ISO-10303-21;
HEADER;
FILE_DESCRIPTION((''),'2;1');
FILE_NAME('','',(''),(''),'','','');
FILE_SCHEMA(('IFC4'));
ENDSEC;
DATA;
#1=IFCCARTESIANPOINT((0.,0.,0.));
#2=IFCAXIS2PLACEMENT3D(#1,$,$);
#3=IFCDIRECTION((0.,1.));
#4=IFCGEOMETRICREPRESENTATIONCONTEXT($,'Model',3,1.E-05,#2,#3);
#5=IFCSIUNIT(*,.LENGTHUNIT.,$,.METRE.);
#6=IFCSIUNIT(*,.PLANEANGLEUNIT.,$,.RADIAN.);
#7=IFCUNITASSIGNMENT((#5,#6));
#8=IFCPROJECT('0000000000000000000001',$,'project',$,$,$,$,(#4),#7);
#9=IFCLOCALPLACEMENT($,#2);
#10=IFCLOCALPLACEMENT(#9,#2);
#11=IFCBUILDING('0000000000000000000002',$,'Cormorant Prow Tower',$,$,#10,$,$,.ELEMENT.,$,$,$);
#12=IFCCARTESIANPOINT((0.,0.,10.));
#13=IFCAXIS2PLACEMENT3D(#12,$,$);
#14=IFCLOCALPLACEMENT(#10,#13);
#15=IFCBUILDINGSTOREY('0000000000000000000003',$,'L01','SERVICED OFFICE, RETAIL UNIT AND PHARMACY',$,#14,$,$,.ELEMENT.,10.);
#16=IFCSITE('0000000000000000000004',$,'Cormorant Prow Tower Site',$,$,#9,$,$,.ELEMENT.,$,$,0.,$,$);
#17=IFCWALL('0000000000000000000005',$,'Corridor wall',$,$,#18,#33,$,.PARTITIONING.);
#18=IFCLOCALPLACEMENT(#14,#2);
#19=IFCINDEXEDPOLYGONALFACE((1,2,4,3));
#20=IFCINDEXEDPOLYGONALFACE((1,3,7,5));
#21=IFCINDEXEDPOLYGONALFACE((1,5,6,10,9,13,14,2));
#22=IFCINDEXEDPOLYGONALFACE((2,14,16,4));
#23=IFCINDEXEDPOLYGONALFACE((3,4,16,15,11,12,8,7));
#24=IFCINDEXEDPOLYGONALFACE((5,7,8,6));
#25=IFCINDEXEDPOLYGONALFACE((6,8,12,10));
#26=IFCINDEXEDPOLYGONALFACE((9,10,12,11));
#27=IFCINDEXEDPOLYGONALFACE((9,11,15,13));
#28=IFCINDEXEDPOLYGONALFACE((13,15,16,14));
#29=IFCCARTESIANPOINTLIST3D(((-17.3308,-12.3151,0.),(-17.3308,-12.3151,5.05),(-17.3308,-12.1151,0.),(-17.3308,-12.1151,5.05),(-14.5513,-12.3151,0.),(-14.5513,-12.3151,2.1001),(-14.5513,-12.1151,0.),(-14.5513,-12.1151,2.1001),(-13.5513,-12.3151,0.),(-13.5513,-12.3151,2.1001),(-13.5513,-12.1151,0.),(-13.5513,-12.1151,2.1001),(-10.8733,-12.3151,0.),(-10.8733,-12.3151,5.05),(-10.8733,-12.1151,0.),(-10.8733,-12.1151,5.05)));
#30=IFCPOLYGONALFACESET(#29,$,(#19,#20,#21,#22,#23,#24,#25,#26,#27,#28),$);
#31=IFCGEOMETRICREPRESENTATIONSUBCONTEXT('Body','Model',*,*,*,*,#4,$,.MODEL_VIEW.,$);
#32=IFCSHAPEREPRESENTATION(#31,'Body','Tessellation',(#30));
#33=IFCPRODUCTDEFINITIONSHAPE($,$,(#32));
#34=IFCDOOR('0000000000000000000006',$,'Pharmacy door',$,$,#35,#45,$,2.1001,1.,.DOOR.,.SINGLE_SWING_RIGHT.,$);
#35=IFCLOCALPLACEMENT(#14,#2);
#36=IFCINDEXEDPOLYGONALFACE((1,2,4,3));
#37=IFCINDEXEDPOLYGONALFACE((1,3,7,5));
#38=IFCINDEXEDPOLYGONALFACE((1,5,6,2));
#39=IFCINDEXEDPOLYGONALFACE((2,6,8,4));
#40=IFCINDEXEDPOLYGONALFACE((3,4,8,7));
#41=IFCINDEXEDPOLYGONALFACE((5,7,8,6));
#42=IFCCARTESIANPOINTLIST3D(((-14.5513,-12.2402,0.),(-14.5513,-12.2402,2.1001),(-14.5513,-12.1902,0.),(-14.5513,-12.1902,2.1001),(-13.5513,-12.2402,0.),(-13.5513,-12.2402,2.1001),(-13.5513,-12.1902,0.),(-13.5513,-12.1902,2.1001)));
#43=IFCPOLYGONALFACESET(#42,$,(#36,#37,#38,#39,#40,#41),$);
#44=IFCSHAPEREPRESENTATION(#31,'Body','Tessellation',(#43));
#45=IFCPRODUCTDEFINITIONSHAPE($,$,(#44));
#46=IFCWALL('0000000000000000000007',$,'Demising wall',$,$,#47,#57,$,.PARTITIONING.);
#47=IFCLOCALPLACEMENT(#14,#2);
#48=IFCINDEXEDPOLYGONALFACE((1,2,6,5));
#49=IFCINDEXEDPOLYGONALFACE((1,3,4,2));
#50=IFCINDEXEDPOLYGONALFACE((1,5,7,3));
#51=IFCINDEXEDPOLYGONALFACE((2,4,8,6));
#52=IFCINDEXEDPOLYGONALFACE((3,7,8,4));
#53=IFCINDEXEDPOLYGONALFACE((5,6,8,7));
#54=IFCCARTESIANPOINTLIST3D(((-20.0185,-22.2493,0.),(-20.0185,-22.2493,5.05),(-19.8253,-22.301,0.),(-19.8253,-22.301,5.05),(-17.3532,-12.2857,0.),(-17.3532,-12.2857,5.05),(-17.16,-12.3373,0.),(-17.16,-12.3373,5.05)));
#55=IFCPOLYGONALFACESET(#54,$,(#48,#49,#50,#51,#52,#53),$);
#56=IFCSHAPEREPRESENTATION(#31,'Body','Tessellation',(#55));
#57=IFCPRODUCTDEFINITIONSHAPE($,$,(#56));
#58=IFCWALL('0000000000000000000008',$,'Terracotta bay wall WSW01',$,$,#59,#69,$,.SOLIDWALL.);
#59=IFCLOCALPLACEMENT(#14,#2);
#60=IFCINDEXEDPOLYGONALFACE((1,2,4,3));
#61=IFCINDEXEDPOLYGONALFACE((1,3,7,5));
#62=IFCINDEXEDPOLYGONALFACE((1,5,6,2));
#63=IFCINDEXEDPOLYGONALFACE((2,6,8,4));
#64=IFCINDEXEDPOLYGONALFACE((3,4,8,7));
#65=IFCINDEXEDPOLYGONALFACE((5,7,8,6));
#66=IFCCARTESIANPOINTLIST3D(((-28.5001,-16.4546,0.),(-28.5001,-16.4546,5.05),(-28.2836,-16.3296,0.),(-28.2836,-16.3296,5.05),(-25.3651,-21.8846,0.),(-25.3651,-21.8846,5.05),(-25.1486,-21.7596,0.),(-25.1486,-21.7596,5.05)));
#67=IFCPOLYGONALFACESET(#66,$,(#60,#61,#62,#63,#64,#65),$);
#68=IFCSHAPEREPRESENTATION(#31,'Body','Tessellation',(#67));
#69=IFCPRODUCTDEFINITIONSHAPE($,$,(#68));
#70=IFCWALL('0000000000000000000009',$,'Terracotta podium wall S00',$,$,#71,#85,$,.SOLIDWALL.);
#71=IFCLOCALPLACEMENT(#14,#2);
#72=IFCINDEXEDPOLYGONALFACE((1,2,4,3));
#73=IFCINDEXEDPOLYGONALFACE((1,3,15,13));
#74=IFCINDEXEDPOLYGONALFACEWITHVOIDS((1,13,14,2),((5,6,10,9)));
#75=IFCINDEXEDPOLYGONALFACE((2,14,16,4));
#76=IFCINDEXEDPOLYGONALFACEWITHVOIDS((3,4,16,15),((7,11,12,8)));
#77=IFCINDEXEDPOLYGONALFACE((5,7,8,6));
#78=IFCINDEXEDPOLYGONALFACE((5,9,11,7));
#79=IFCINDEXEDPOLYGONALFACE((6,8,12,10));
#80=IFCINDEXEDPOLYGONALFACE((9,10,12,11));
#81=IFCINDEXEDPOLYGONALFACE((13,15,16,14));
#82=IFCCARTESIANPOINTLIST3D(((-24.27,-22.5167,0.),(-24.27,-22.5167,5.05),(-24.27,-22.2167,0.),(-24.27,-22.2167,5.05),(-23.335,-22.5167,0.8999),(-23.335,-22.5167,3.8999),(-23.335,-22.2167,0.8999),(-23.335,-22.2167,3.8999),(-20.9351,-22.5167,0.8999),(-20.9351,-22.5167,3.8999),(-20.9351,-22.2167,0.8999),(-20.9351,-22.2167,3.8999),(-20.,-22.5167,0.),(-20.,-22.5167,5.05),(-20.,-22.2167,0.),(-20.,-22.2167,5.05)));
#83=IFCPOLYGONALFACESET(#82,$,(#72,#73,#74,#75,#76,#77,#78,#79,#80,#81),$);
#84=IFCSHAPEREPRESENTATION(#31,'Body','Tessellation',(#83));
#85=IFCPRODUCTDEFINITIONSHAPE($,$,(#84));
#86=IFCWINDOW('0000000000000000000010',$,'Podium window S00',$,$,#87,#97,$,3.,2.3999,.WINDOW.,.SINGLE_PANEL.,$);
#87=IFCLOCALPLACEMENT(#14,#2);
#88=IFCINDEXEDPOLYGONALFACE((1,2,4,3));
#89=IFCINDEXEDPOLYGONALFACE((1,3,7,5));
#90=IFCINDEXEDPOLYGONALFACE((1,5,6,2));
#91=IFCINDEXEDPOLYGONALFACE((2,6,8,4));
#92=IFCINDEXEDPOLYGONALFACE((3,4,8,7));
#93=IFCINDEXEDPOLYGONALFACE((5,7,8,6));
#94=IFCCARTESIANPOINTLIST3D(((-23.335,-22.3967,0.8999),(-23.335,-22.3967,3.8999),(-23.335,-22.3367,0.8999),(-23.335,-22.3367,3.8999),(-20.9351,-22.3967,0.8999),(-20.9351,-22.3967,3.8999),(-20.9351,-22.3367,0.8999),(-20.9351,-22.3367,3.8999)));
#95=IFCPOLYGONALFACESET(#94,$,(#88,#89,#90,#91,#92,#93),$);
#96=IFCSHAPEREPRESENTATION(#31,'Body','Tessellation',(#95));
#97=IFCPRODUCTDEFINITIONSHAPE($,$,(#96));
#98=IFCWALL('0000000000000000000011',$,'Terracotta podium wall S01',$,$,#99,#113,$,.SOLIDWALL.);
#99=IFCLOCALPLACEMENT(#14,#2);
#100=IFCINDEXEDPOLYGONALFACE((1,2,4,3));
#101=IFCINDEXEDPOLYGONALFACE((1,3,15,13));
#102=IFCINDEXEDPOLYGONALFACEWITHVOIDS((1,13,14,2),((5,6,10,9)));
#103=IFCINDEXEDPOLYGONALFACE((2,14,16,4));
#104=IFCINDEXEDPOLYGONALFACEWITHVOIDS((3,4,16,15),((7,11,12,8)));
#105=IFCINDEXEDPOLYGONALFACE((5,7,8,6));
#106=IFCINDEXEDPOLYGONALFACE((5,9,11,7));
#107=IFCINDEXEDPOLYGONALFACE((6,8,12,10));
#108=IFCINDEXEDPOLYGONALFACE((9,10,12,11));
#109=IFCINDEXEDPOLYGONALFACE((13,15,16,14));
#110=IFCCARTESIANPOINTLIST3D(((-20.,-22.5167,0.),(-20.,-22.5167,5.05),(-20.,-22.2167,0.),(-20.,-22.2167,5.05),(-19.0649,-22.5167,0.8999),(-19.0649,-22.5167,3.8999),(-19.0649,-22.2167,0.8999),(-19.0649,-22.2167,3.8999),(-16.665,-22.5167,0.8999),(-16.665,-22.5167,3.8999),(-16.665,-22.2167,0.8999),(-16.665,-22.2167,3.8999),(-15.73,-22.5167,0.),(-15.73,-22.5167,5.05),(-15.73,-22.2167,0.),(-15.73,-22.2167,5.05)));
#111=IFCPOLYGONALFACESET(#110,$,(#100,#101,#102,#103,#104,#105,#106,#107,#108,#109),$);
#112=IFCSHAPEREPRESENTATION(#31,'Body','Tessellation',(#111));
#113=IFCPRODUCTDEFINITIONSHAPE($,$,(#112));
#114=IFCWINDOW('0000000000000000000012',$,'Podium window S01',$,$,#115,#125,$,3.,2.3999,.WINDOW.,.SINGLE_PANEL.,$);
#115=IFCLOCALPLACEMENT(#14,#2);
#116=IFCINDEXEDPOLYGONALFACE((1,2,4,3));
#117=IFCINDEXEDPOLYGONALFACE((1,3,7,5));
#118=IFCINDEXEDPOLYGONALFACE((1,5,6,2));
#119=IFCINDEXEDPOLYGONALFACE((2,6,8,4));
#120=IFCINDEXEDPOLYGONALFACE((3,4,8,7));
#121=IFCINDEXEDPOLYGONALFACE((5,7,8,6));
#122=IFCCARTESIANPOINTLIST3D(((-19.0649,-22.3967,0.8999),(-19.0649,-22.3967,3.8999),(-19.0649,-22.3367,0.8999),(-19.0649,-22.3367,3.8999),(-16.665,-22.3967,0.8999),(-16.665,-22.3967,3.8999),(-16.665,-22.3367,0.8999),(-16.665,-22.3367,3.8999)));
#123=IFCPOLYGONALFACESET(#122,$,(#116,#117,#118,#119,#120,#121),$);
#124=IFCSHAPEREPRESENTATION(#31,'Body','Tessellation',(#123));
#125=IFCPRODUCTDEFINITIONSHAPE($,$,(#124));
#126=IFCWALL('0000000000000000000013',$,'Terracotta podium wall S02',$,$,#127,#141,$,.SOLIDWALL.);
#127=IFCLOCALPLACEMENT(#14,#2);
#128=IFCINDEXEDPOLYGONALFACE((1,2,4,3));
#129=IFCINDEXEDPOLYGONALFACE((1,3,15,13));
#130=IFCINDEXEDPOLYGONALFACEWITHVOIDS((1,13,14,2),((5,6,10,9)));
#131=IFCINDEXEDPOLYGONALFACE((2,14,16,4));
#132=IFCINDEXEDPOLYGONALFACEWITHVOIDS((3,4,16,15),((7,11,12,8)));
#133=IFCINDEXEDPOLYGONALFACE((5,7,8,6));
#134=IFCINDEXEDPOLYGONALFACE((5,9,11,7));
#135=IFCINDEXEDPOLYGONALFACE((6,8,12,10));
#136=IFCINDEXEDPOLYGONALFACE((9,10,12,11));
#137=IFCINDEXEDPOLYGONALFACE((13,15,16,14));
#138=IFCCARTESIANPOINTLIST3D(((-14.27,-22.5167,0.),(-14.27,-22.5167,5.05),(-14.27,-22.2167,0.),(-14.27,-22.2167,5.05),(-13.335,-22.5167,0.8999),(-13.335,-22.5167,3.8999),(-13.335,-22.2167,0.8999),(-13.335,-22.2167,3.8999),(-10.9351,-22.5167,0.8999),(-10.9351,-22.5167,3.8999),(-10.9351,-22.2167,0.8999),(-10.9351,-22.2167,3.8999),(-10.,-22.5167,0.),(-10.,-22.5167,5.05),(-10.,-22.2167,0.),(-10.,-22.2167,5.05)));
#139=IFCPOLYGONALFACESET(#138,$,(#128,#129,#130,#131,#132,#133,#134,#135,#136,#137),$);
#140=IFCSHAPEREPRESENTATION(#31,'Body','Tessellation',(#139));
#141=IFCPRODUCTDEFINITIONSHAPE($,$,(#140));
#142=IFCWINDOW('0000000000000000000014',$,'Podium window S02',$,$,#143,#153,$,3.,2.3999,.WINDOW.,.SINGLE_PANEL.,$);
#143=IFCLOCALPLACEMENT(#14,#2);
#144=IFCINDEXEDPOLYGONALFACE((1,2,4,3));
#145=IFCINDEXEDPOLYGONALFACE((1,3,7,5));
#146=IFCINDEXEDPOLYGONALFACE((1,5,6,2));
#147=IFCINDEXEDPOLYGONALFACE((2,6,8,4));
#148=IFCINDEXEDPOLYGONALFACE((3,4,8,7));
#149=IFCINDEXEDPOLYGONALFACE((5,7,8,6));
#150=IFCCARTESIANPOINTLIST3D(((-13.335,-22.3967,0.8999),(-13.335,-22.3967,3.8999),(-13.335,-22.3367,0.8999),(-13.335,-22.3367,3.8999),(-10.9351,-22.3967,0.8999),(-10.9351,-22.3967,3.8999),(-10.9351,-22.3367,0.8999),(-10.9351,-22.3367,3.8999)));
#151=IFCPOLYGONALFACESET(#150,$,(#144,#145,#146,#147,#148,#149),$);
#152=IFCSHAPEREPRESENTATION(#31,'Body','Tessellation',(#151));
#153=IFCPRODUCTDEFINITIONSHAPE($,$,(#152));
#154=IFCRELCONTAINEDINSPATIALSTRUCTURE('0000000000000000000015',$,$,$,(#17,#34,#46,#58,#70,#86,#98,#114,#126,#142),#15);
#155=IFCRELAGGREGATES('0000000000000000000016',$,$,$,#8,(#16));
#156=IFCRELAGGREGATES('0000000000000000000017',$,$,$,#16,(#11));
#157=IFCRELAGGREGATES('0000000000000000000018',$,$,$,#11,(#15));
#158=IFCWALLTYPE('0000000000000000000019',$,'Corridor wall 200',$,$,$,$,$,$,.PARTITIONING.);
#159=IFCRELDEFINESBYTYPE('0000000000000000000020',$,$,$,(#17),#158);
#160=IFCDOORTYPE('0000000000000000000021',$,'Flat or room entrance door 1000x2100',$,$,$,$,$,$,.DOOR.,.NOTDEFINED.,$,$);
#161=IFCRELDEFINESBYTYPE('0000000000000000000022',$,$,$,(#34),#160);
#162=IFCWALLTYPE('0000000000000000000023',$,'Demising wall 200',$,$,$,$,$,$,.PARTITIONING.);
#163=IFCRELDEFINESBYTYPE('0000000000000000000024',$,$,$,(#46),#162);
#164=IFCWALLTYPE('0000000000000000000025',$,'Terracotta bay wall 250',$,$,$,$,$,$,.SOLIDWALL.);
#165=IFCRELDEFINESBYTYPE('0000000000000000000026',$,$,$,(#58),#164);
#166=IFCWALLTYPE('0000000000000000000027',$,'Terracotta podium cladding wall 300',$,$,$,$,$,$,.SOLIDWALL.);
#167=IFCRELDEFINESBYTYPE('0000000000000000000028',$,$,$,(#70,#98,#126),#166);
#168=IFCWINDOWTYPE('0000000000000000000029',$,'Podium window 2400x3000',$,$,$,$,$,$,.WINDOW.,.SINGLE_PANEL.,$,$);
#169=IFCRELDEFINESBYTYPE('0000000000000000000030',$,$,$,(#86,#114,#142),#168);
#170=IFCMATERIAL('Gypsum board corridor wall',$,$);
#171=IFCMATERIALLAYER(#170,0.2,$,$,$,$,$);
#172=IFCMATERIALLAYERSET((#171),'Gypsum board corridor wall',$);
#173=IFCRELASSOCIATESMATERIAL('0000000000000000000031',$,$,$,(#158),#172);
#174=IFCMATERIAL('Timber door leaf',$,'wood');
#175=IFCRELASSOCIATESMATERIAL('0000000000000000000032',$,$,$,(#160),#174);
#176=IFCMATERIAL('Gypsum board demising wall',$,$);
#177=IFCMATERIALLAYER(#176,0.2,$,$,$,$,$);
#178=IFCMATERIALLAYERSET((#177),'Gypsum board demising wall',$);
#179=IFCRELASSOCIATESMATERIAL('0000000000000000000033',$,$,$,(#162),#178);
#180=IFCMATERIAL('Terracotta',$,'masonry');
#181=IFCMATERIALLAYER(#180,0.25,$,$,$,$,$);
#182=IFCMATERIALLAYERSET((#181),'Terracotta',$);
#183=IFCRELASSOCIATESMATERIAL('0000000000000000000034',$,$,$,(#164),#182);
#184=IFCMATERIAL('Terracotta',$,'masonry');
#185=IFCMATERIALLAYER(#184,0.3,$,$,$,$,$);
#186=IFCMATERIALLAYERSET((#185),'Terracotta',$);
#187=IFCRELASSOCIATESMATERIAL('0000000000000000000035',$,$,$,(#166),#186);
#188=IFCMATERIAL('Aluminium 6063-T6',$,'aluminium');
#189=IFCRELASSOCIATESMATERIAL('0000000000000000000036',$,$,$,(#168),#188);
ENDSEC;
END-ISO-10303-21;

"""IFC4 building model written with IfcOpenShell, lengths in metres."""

from ifc_helpers import new_model, si_unit, direction, frame, frame_2d, origin, place, context, subcontext, project, spatial, rectangle, extrude, material, layer, layer_set, type_object, element, fill, save


model = new_model("IFC4")

# Units and contexts
model_context = context("Model", 3, precision=1e-05, world=origin(), true_north=direction((0.0, 1.0)))
body_context = subcontext(model_context, "Body", "Model", "MODEL_VIEW")
ifc_project = project(units=[si_unit("LENGTHUNIT", "METRE"), si_unit("PLANEANGLEUNIT", "RADIAN")], contexts=[model_context])

# Site, building, storey
site_placement = place(None, origin())
site = spatial("IfcSite", under=ifc_project, at=site_placement, Name="Cormorant Prow Tower Site", CompositionType="ELEMENT", RefElevation=0.0)
building_placement = place(site_placement, origin())
building = spatial("IfcBuilding", under=site, at=building_placement, Name="Cormorant Prow Tower", CompositionType="ELEMENT")
storey_placement = place(building_placement, frame((0.0, 0.0, 10.0)))
storey = spatial("IfcBuildingStorey", under=building, at=storey_placement, Name="L01", Description="SERVICED OFFICE, RETAIL UNIT AND PHARMACY", CompositionType="ELEMENT", Elevation=10.0)

# Wall, opening, door
ifc_material_1 = material(Name="Gypsum board corridor wall")
ifc_layer_1 = layer(ifc_material_1, 0.2)
ifc_layer_set_1 = layer_set([ifc_layer_1], Name="Gypsum board corridor wall")
wall_type_1 = type_object("IfcWallType", Name="Corridor wall 200", PredefinedType="PARTITIONING", material=ifc_layer_set_1)
wall_1_placement = place(storey_placement, frame((-17.3308, -12.2151, 0.0), z_axis=(0.0, 0.0, 1.0), x_axis=(1.0, 0.0, 0.0)))
wall_1 = element("IfcWall", 1, at=wall_1_placement, inside=storey, type_object=wall_type_1, Name="Corridor wall", PredefinedType="PARTITIONING", context=body_context, shape_type="SweptSolid", body=[
    extrude(rectangle(XDim=6.4575, YDim=0.2, at=frame_2d((3.2288, 0.0))), origin(), (0.0, 0.0, 1.0), 5.05),
])
opening_1_placement = place(wall_1_placement, frame((2.7795, 0.0, 0.0)))
opening_1 = element("IfcOpeningElement", 2, at=opening_1_placement, cuts=wall_1, PredefinedType="OPENING", context=body_context, shape_type="SweptSolid", body=[
    extrude(rectangle(XDim=1.0, YDim=2.1001, at=frame_2d((0.5, 1.05))), frame((0.0, 0.1099, 0.0), z_axis=(0.0, -1.0, 0.0), x_axis=(1.0, 0.0, 0.0)), (0.0, 0.0, 1.0), 0.22),
])
ifc_material_2 = material(Name="Timber door leaf", Category="wood")
door_type = type_object("IfcDoorType", Name="Flat or room entrance door 1000x2100", OperationType="NOTDEFINED", PredefinedType="DOOR", material=ifc_material_2)
door_placement = place(opening_1_placement, origin())
door = element("IfcDoor", 3, at=door_placement, inside=storey, type_object=door_type, Name="Pharmacy door", OperationType="SINGLE_SWING_RIGHT", OverallHeight=2.1001, OverallWidth=1.0, PredefinedType="DOOR", context=body_context, shape_type="SweptSolid", body=[
    extrude(rectangle(XDim=1.0, YDim=2.1001, at=frame_2d((0.5, 1.05))), frame((0.0, 0.0249, 0.0), z_axis=(0.0, -1.0, 0.0), x_axis=(1.0, 0.0, 0.0)), (0.0, 0.0, 1.0), 0.05),
])
fill(opening_1, door)

# Walls
ifc_material_3 = material(Name="Gypsum board demising wall")
ifc_layer_2 = layer(ifc_material_3, 0.2)
ifc_layer_set_2 = layer_set([ifc_layer_2], Name="Gypsum board demising wall")
wall_type_2 = type_object("IfcWallType", Name="Demising wall 200", PredefinedType="PARTITIONING", material=ifc_layer_set_2)
wall_2_placement = place(storey_placement, frame((-19.9219, -22.2751, 0.0), z_axis=(0.0, 0.0, 1.0), x_axis=(0.258415, 0.966034, 0.0)))
element("IfcWall", 4, at=wall_2_placement, inside=storey, type_object=wall_type_2, Name="Demising wall", PredefinedType="PARTITIONING", context=body_context, shape_type="SweptSolid", body=[
    extrude(rectangle(XDim=10.314, YDim=0.2, at=frame_2d((5.157, 0.0))), origin(), (0.0, 0.0, 1.0), 5.05),
])
ifc_material_4 = material(Name="Terracotta", Category="masonry")
ifc_layer_3 = layer(ifc_material_4, 0.25)
ifc_layer_set_3 = layer_set([ifc_layer_3], Name="Terracotta")
wall_type_3 = type_object("IfcWallType", Name="Terracotta bay wall 250", PredefinedType="SOLIDWALL", material=ifc_layer_set_3)
wall_3_placement = place(storey_placement, frame((-28.3918, -16.3921, 0.0), z_axis=(0.0, 0.0, 1.0), x_axis=(0.500004, -0.866023, 0.0)))
element("IfcWall", 5, at=wall_3_placement, inside=storey, type_object=wall_type_3, Name="Terracotta bay wall WSW01", PredefinedType="SOLIDWALL", context=body_context, shape_type="SweptSolid", body=[
    extrude(rectangle(XDim=6.27, YDim=0.25, at=frame_2d((3.135, 0.0))), origin(), (0.0, 0.0, 1.0), 5.05),
])

# Walls, openings, windows
ifc_material_5 = material(Name="Terracotta", Category="masonry")
ifc_layer_4 = layer(ifc_material_5, 0.3)
ifc_layer_set_4 = layer_set([ifc_layer_4], Name="Terracotta")
wall_type_4 = type_object("IfcWallType", Name="Terracotta podium cladding wall 300", PredefinedType="SOLIDWALL", material=ifc_layer_set_4)
wall_4_placement = place(storey_placement, frame((-24.27, -22.3667, 0.0), z_axis=(0.0, 0.0, 1.0), x_axis=(1.0, 0.0, 0.0)))
wall_4 = element("IfcWall", 6, at=wall_4_placement, inside=storey, type_object=wall_type_4, Name="Terracotta podium wall S00", PredefinedType="SOLIDWALL", context=body_context, shape_type="SweptSolid", body=[
    extrude(rectangle(XDim=4.27, YDim=0.3, at=frame_2d((2.135, 0.0))), origin(), (0.0, 0.0, 1.0), 5.05),
])
opening_2_placement = place(wall_4_placement, frame((0.9351, 0.0, 0.8999)))
opening_2 = element("IfcOpeningElement", 7, at=opening_2_placement, cuts=wall_4, PredefinedType="OPENING", context=body_context, shape_type="SweptSolid", body=[
    extrude(rectangle(XDim=2.3999, YDim=3.0, at=frame_2d((1.2, 1.5))), frame((0.0, 0.1599, 0.0), z_axis=(0.0, -1.0, 0.0), x_axis=(1.0, 0.0, 0.0)), (0.0, 0.0, 1.0), 0.3201),
])
ifc_material_6 = material(Name="Aluminium 6063-T6", Category="aluminium")
window_type = type_object("IfcWindowType", Name="Podium window 2400x3000", PartitioningType="SINGLE_PANEL", PredefinedType="WINDOW", material=ifc_material_6)
window_1_placement = place(opening_2_placement, origin())
window_1 = element("IfcWindow", 8, at=window_1_placement, inside=storey, type_object=window_type, Name="Podium window S00", OverallHeight=3.0, OverallWidth=2.3999, PartitioningType="SINGLE_PANEL", PredefinedType="WINDOW", context=body_context, shape_type="SweptSolid", body=[
    extrude(rectangle(XDim=2.3999, YDim=3.0, at=frame_2d((1.2, 1.5))), frame((0.0, 0.03, 0.0), z_axis=(0.0, -1.0, 0.0), x_axis=(1.0, 0.0, 0.0)), (0.0, 0.0, 1.0), 0.0601),
])
fill(opening_2, window_1)
wall_5_placement = place(storey_placement, frame((-20.0, -22.3667, 0.0), z_axis=(0.0, 0.0, 1.0), x_axis=(1.0, 0.0, 0.0)))
wall_5 = element("IfcWall", 9, at=wall_5_placement, inside=storey, type_object=wall_type_4, Name="Terracotta podium wall S01", PredefinedType="SOLIDWALL", context=body_context, shape_type="SweptSolid", body=[
    extrude(rectangle(XDim=4.27, YDim=0.3, at=frame_2d((2.135, 0.0))), origin(), (0.0, 0.0, 1.0), 5.05),
])
opening_3_placement = place(wall_5_placement, frame((0.9351, 0.0, 0.8999)))
opening_3 = element("IfcOpeningElement", 10, at=opening_3_placement, cuts=wall_5, PredefinedType="OPENING", context=body_context, shape_type="SweptSolid", body=[
    extrude(rectangle(XDim=2.3999, YDim=3.0, at=frame_2d((1.2, 1.5))), frame((0.0, 0.1599, 0.0), z_axis=(0.0, -1.0, 0.0), x_axis=(1.0, 0.0, 0.0)), (0.0, 0.0, 1.0), 0.3201),
])
window_2_placement = place(opening_3_placement, origin())
window_2 = element("IfcWindow", 11, at=window_2_placement, inside=storey, type_object=window_type, Name="Podium window S01", OverallHeight=3.0, OverallWidth=2.3999, PartitioningType="SINGLE_PANEL", PredefinedType="WINDOW", context=body_context, shape_type="SweptSolid", body=[
    extrude(rectangle(XDim=2.3999, YDim=3.0, at=frame_2d((1.2, 1.5))), frame((0.0, 0.03, 0.0), z_axis=(0.0, -1.0, 0.0), x_axis=(1.0, 0.0, 0.0)), (0.0, 0.0, 1.0), 0.0601),
])
fill(opening_3, window_2)
wall_6_placement = place(storey_placement, frame((-14.27, -22.3667, 0.0), z_axis=(0.0, 0.0, 1.0), x_axis=(1.0, 0.0, 0.0)))
wall_6 = element("IfcWall", 12, at=wall_6_placement, inside=storey, type_object=wall_type_4, Name="Terracotta podium wall S02", PredefinedType="SOLIDWALL", context=body_context, shape_type="SweptSolid", body=[
    extrude(rectangle(XDim=4.27, YDim=0.3, at=frame_2d((2.135, 0.0))), origin(), (0.0, 0.0, 1.0), 5.05),
])
opening_4_placement = place(wall_6_placement, frame((0.9351, 0.0, 0.8999)))
opening_4 = element("IfcOpeningElement", 13, at=opening_4_placement, cuts=wall_6, PredefinedType="OPENING", context=body_context, shape_type="SweptSolid", body=[
    extrude(rectangle(XDim=2.3999, YDim=3.0, at=frame_2d((1.2, 1.5))), frame((0.0, 0.1599, 0.0), z_axis=(0.0, -1.0, 0.0), x_axis=(1.0, 0.0, 0.0)), (0.0, 0.0, 1.0), 0.3201),
])
window_3_placement = place(opening_4_placement, origin())
window_3 = element("IfcWindow", 14, at=window_3_placement, inside=storey, type_object=window_type, Name="Podium window S02", OverallHeight=3.0, OverallWidth=2.3999, PartitioningType="SINGLE_PANEL", PredefinedType="WINDOW", context=body_context, shape_type="SweptSolid", body=[
    extrude(rectangle(XDim=2.3999, YDim=3.0, at=frame_2d((1.2, 1.5))), frame((0.0, 0.03, 0.0), z_axis=(0.0, -1.0, 0.0), x_axis=(1.0, 0.0, 0.0)), (0.0, 0.0, 1.0), 0.0601),
])
fill(opening_4, window_3)

save(model, "model.ifc")
